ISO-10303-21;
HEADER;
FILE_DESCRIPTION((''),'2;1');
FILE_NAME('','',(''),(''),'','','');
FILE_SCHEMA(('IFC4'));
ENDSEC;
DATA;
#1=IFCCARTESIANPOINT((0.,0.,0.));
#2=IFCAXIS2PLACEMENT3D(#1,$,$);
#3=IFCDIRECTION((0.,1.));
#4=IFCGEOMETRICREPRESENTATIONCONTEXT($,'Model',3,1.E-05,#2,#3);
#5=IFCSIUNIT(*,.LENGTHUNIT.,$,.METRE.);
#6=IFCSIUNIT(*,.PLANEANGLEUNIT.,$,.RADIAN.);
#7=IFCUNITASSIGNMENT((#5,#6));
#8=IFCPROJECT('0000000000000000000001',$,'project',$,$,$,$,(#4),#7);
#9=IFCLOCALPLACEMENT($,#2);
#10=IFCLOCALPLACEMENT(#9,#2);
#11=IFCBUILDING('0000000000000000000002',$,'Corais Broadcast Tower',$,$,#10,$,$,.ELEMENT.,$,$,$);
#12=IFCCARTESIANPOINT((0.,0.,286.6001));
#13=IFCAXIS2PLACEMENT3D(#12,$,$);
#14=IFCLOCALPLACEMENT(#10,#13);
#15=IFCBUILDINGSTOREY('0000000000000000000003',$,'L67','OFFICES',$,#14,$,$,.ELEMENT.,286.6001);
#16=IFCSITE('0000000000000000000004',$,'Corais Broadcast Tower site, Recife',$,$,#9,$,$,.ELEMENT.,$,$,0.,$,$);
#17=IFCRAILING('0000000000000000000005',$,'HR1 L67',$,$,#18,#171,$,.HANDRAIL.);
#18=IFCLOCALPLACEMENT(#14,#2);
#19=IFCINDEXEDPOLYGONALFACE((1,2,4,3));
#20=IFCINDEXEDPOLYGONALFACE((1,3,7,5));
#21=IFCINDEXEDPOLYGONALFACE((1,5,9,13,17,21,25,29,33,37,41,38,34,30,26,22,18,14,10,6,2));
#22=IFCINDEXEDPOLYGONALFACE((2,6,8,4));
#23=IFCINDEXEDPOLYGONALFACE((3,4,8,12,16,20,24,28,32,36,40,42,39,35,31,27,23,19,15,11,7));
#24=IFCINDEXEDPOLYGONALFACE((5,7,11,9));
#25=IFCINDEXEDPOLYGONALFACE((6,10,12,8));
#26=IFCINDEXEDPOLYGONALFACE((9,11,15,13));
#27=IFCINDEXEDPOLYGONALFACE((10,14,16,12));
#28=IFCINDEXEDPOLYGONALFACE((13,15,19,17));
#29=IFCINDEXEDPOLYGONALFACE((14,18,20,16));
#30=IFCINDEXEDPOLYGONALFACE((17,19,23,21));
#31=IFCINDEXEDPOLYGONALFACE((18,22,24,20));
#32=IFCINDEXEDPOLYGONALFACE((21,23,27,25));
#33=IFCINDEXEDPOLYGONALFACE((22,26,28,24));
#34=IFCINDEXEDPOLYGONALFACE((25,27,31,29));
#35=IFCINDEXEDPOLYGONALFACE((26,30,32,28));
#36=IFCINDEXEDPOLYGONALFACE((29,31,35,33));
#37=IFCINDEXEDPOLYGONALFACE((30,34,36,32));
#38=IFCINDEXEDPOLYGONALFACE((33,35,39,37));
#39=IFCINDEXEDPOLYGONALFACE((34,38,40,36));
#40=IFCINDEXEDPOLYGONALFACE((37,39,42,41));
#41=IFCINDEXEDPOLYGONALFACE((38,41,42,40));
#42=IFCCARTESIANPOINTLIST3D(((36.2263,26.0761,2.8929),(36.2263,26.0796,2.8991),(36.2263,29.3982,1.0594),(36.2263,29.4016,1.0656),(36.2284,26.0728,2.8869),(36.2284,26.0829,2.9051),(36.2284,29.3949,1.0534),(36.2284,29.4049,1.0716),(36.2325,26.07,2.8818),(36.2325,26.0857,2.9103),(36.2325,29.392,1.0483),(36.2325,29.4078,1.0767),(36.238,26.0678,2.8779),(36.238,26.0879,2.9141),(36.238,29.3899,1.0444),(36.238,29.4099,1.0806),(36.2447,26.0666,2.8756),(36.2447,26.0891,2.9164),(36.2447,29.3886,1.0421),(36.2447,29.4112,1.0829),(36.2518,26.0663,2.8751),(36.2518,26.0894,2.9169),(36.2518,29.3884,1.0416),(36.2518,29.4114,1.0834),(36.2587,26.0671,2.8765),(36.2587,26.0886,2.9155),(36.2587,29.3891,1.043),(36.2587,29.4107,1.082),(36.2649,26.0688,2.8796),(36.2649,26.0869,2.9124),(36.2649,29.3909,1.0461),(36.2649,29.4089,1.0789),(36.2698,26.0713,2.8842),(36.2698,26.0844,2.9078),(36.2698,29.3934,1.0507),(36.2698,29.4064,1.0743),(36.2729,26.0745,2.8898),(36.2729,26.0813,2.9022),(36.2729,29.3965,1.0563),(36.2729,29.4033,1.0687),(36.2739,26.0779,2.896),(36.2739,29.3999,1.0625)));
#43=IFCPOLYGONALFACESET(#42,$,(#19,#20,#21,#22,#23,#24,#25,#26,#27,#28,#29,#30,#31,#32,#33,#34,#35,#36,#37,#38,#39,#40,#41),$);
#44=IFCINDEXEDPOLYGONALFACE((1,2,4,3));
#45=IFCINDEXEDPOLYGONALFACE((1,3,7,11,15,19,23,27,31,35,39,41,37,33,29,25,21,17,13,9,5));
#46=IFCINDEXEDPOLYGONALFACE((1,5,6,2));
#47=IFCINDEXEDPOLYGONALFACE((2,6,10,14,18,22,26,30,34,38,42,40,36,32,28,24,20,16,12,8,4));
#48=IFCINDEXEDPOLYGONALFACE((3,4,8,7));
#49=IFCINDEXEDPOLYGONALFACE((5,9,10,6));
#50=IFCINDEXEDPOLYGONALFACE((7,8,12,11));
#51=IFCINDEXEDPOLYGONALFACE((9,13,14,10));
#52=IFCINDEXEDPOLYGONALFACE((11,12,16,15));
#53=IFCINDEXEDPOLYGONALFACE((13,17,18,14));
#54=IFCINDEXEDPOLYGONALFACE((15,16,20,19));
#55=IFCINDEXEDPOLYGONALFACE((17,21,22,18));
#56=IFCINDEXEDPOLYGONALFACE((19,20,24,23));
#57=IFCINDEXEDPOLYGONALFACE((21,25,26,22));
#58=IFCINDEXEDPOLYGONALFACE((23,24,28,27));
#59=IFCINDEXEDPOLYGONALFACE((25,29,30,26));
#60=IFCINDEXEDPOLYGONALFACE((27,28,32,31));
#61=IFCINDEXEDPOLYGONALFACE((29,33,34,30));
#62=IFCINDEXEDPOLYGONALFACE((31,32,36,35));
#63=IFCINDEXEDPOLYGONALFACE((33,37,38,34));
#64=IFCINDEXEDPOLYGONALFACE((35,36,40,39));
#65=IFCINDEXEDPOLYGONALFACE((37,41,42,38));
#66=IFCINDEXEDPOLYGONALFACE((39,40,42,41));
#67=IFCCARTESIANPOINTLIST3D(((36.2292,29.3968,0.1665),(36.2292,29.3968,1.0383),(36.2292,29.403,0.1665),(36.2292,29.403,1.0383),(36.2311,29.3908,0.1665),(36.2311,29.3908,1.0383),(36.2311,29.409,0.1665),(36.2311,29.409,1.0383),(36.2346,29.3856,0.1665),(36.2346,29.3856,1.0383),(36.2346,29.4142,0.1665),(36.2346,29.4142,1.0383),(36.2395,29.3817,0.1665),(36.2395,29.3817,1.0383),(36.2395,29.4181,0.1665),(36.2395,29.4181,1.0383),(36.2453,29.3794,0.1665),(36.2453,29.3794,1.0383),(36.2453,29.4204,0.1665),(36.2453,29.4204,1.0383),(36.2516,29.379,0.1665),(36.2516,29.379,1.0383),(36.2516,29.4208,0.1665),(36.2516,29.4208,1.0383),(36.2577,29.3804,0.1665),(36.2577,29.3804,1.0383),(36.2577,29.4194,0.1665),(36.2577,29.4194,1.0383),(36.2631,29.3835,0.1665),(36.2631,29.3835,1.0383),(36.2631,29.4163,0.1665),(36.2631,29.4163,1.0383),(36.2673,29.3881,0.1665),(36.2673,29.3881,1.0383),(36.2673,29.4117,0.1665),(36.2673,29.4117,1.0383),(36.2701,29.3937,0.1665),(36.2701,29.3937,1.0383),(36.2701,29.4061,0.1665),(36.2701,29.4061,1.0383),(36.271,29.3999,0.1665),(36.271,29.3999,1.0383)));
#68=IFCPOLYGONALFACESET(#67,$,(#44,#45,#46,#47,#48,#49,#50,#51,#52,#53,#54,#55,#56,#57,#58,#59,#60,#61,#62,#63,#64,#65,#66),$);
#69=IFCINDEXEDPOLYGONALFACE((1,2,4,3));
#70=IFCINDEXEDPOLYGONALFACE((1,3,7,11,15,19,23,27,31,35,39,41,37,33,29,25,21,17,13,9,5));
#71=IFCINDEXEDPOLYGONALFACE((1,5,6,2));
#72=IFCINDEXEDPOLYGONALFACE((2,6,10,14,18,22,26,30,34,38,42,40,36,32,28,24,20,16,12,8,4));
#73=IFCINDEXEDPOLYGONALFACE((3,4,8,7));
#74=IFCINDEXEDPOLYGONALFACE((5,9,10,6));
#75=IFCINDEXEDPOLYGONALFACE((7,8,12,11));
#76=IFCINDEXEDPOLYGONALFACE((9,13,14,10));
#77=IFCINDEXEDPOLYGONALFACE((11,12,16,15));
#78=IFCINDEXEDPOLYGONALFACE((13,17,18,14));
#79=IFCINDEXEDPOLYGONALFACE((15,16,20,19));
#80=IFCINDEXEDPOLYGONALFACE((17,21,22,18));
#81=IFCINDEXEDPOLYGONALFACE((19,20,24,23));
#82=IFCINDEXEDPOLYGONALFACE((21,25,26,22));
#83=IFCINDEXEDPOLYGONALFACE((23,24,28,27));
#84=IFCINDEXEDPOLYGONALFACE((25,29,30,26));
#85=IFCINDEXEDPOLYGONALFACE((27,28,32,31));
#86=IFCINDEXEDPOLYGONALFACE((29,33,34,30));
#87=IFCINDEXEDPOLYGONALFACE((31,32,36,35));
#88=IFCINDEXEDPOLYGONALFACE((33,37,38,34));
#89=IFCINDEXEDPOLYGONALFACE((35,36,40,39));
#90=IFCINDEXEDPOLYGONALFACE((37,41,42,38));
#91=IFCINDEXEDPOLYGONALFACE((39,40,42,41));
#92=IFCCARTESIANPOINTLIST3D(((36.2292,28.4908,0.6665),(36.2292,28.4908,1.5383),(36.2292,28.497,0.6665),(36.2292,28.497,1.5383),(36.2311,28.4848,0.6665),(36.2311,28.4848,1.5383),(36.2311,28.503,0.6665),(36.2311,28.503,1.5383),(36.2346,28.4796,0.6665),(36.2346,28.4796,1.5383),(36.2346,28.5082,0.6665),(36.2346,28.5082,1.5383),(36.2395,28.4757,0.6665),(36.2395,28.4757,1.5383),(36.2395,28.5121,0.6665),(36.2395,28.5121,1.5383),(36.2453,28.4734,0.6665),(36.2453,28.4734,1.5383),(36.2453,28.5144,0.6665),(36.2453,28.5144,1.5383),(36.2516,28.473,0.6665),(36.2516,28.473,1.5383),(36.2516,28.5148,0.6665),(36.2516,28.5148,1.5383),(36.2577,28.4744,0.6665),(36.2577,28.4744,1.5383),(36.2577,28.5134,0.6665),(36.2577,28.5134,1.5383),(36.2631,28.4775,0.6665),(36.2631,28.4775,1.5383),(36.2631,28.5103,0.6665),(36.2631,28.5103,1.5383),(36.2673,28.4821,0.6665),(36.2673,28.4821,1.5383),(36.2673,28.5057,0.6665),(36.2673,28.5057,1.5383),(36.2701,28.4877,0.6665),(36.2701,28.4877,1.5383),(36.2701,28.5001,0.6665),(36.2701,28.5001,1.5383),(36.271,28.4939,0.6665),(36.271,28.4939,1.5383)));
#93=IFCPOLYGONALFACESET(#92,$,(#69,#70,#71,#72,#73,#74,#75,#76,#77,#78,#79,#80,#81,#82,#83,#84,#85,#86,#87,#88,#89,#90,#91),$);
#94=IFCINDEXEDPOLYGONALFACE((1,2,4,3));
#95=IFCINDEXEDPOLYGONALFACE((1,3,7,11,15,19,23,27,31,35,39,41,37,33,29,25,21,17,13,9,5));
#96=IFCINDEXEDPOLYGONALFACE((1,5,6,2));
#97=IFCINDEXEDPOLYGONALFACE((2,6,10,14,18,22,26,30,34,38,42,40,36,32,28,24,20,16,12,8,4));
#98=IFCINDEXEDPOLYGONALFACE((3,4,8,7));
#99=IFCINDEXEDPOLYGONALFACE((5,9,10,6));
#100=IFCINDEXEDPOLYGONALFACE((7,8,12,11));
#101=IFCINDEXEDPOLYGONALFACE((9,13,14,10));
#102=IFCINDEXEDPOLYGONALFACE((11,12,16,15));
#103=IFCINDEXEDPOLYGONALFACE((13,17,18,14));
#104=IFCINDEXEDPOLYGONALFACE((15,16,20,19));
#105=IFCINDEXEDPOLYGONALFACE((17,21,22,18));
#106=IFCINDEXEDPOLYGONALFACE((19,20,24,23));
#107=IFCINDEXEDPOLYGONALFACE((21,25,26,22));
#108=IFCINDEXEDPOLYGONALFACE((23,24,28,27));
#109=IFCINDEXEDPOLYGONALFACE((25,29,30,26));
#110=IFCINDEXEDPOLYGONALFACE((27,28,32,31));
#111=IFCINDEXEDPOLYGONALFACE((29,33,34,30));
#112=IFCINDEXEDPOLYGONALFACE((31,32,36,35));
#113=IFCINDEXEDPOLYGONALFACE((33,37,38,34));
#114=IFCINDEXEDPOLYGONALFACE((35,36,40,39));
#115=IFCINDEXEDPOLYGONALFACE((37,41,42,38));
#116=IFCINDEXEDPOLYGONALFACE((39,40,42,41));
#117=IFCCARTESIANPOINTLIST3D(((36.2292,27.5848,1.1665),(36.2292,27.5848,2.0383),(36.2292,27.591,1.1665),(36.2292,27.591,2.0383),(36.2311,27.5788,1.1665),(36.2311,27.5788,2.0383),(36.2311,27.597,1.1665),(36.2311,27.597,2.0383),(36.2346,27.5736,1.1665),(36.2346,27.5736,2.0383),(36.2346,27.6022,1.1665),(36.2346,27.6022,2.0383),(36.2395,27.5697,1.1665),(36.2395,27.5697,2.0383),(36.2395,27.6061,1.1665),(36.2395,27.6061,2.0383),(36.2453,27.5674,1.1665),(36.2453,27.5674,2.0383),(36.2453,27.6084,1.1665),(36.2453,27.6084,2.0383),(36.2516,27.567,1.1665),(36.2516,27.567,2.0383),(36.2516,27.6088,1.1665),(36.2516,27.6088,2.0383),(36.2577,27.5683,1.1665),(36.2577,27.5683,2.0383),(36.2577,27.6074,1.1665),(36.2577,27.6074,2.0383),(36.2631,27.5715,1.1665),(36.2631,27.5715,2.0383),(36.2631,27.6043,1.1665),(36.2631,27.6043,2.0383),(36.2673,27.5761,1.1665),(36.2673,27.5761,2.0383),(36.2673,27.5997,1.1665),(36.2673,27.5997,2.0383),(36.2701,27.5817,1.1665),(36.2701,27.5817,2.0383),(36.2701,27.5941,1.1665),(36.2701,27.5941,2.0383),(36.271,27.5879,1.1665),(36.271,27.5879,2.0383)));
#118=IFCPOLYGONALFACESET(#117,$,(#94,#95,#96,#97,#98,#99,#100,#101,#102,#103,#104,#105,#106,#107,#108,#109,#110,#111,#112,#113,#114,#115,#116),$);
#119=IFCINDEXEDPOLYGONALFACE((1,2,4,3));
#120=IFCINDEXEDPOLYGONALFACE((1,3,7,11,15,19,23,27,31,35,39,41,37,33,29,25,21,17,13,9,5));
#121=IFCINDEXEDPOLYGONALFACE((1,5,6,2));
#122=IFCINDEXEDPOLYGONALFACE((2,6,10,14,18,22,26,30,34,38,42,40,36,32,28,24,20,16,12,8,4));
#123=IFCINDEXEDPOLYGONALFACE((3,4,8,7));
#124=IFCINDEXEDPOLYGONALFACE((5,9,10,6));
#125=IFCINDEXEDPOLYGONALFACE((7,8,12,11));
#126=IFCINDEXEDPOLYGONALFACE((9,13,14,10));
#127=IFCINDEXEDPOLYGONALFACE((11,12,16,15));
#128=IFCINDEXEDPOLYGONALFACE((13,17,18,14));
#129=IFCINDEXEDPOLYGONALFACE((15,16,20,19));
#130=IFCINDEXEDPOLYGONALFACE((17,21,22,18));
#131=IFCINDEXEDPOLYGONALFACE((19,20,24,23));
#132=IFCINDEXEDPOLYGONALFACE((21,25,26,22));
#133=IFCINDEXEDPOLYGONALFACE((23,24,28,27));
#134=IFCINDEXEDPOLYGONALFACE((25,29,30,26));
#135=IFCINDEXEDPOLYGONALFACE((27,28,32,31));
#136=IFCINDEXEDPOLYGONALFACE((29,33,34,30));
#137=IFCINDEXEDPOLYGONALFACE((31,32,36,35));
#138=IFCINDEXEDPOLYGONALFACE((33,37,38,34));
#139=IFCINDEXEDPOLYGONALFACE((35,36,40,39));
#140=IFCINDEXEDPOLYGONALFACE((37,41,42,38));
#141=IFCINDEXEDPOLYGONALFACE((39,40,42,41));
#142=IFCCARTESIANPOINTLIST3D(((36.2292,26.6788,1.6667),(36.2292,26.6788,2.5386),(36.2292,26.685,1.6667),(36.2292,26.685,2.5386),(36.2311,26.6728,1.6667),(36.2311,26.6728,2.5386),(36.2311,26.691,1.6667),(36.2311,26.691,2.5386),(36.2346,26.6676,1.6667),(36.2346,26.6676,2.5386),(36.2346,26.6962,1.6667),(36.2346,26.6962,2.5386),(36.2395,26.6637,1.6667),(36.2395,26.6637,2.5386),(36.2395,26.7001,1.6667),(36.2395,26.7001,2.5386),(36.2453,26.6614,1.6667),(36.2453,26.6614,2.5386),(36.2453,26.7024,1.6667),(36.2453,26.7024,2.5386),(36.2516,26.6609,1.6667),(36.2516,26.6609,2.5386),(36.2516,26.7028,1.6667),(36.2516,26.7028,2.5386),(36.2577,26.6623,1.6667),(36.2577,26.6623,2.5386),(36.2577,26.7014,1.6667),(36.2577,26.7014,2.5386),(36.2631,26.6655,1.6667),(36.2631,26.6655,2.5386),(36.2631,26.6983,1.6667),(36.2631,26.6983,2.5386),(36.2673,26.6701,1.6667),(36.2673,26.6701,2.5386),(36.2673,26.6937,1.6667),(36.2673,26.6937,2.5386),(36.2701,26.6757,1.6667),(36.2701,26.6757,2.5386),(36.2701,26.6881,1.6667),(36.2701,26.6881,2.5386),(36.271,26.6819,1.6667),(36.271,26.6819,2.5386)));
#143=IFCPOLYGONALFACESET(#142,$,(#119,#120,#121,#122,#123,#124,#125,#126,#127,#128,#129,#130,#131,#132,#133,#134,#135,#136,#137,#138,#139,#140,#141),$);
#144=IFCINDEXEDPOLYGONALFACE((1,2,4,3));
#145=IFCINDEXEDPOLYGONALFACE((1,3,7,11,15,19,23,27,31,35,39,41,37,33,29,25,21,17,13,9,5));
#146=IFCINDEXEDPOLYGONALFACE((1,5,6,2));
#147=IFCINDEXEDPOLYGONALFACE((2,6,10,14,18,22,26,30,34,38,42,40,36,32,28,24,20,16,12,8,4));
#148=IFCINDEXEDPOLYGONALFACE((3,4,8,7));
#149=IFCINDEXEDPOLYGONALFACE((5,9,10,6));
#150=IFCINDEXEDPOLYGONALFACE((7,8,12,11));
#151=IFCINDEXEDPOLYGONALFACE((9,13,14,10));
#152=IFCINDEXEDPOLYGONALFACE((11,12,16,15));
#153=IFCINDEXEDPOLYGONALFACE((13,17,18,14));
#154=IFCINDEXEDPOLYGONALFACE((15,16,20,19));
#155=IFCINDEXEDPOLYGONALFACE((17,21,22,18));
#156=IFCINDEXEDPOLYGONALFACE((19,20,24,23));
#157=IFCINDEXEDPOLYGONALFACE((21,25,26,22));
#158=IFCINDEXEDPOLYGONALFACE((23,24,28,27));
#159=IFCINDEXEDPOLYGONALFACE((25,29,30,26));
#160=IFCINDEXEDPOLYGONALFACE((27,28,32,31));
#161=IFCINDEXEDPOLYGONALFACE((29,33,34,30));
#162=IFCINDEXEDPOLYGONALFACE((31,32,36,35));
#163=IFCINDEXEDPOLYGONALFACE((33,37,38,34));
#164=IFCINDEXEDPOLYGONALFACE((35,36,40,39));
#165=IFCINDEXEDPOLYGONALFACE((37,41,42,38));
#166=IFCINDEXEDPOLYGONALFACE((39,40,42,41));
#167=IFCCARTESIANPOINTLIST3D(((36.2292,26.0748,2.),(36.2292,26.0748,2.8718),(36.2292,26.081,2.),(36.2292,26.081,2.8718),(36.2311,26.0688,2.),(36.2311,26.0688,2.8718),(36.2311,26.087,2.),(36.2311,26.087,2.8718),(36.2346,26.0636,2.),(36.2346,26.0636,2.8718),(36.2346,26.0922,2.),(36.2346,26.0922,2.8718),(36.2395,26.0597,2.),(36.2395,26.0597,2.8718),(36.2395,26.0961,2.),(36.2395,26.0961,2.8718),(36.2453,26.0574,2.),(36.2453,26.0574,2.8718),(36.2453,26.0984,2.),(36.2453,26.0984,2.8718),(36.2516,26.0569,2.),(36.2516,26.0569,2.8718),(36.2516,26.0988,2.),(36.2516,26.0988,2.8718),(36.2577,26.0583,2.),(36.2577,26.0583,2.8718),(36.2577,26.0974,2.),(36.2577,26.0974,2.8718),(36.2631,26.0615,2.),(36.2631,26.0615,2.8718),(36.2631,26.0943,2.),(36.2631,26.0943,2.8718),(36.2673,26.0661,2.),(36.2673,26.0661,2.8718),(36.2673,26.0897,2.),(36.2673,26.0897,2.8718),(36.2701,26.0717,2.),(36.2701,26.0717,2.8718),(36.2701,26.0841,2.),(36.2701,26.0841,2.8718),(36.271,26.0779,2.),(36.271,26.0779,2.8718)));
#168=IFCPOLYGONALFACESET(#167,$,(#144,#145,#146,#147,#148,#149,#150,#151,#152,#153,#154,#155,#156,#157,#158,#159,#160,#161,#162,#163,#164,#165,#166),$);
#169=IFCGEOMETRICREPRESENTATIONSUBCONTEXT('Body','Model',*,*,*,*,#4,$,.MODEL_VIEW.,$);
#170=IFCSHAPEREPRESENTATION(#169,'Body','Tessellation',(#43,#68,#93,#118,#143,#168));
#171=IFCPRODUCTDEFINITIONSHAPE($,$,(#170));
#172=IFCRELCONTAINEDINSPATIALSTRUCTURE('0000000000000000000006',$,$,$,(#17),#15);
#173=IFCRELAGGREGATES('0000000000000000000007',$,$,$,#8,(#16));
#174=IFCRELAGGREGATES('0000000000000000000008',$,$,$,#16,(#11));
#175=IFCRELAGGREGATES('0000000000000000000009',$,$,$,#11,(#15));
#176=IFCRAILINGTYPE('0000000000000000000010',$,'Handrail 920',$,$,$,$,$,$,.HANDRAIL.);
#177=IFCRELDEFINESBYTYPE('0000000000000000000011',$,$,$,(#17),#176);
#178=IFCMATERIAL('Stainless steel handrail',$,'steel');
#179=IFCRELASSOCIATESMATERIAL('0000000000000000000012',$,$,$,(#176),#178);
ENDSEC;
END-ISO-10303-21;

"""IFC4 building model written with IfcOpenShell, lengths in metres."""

from ifc_helpers import new_model, si_unit, direction, frame, origin, origin_2d, place, context, subcontext, project, spatial, circle, extrude, material, type_object, element, save


model = new_model("IFC4")

# Units and contexts
model_context = context("Model", 3, precision=1e-05, world=origin(), true_north=direction((0.0, 1.0)))
body_context = subcontext(model_context, "Body", "Model", "MODEL_VIEW")
ifc_project = project(units=[si_unit("LENGTHUNIT", "METRE"), si_unit("PLANEANGLEUNIT", "RADIAN")], contexts=[model_context])

# Site, building, storey
site_placement = place(None, origin())
site = spatial("IfcSite", under=ifc_project, at=site_placement, Name="Corais Broadcast Tower site, Recife", CompositionType="ELEMENT", RefElevation=0.0)
building_placement = place(site_placement, origin())
building = spatial("IfcBuilding", under=site, at=building_placement, Name="Corais Broadcast Tower", CompositionType="ELEMENT")
storey_placement = place(building_placement, frame((0.0, 0.0, 286.6001)))
storey = spatial("IfcBuildingStorey", under=building, at=storey_placement, Name="L67", Description="OFFICES", CompositionType="ELEMENT", Elevation=286.6001)

# Railing
ifc_material_1 = material(Name="Stainless steel handrail", Category="steel")
railing_type = type_object("IfcRailingType", Name="Handrail 920", PredefinedType="HANDRAIL", material=ifc_material_1)
for number, where, name in (
    (1, (36.25, 29.3999, 0.1665), "HR1 L67"),
):
    element("IfcRailing", number, at=place(storey_placement, frame(where)), inside=storey, type_object=railing_type, Name=name, PredefinedType="HANDRAIL", context=body_context, shape_type="SweptSolid", body=[
        extrude(circle(Radius=0.0239, at=origin_2d()), frame((0.0, 0.0, 0.896), z_axis=(0.0, -0.875504, 0.48321), x_axis=(1.0, 0.0, 0.0)), (0.0, 0.0, 1.0), 3.7944),
        extrude(circle(Radius=0.021, at=origin_2d()), origin(), (0.0, 0.0, 1.0), 0.8718),
        extrude(circle(Radius=0.021, at=origin_2d()), frame((0.0, -0.906, 0.5)), (0.0, 0.0, 1.0), 0.8718),
        extrude(circle(Radius=0.021, at=origin_2d()), frame((0.0, -1.812, 1.0)), (0.0, 0.0, 1.0), 0.8718),
        extrude(circle(Radius=0.021, at=origin_2d()), frame((0.0, -2.718, 1.5002)), (0.0, 0.0, 1.0), 0.8718),
        extrude(circle(Radius=0.021, at=origin_2d()), frame((0.0, -3.322, 1.8335)), (0.0, 0.0, 1.0), 0.8718),
    ])

save(model, "model.ifc")
